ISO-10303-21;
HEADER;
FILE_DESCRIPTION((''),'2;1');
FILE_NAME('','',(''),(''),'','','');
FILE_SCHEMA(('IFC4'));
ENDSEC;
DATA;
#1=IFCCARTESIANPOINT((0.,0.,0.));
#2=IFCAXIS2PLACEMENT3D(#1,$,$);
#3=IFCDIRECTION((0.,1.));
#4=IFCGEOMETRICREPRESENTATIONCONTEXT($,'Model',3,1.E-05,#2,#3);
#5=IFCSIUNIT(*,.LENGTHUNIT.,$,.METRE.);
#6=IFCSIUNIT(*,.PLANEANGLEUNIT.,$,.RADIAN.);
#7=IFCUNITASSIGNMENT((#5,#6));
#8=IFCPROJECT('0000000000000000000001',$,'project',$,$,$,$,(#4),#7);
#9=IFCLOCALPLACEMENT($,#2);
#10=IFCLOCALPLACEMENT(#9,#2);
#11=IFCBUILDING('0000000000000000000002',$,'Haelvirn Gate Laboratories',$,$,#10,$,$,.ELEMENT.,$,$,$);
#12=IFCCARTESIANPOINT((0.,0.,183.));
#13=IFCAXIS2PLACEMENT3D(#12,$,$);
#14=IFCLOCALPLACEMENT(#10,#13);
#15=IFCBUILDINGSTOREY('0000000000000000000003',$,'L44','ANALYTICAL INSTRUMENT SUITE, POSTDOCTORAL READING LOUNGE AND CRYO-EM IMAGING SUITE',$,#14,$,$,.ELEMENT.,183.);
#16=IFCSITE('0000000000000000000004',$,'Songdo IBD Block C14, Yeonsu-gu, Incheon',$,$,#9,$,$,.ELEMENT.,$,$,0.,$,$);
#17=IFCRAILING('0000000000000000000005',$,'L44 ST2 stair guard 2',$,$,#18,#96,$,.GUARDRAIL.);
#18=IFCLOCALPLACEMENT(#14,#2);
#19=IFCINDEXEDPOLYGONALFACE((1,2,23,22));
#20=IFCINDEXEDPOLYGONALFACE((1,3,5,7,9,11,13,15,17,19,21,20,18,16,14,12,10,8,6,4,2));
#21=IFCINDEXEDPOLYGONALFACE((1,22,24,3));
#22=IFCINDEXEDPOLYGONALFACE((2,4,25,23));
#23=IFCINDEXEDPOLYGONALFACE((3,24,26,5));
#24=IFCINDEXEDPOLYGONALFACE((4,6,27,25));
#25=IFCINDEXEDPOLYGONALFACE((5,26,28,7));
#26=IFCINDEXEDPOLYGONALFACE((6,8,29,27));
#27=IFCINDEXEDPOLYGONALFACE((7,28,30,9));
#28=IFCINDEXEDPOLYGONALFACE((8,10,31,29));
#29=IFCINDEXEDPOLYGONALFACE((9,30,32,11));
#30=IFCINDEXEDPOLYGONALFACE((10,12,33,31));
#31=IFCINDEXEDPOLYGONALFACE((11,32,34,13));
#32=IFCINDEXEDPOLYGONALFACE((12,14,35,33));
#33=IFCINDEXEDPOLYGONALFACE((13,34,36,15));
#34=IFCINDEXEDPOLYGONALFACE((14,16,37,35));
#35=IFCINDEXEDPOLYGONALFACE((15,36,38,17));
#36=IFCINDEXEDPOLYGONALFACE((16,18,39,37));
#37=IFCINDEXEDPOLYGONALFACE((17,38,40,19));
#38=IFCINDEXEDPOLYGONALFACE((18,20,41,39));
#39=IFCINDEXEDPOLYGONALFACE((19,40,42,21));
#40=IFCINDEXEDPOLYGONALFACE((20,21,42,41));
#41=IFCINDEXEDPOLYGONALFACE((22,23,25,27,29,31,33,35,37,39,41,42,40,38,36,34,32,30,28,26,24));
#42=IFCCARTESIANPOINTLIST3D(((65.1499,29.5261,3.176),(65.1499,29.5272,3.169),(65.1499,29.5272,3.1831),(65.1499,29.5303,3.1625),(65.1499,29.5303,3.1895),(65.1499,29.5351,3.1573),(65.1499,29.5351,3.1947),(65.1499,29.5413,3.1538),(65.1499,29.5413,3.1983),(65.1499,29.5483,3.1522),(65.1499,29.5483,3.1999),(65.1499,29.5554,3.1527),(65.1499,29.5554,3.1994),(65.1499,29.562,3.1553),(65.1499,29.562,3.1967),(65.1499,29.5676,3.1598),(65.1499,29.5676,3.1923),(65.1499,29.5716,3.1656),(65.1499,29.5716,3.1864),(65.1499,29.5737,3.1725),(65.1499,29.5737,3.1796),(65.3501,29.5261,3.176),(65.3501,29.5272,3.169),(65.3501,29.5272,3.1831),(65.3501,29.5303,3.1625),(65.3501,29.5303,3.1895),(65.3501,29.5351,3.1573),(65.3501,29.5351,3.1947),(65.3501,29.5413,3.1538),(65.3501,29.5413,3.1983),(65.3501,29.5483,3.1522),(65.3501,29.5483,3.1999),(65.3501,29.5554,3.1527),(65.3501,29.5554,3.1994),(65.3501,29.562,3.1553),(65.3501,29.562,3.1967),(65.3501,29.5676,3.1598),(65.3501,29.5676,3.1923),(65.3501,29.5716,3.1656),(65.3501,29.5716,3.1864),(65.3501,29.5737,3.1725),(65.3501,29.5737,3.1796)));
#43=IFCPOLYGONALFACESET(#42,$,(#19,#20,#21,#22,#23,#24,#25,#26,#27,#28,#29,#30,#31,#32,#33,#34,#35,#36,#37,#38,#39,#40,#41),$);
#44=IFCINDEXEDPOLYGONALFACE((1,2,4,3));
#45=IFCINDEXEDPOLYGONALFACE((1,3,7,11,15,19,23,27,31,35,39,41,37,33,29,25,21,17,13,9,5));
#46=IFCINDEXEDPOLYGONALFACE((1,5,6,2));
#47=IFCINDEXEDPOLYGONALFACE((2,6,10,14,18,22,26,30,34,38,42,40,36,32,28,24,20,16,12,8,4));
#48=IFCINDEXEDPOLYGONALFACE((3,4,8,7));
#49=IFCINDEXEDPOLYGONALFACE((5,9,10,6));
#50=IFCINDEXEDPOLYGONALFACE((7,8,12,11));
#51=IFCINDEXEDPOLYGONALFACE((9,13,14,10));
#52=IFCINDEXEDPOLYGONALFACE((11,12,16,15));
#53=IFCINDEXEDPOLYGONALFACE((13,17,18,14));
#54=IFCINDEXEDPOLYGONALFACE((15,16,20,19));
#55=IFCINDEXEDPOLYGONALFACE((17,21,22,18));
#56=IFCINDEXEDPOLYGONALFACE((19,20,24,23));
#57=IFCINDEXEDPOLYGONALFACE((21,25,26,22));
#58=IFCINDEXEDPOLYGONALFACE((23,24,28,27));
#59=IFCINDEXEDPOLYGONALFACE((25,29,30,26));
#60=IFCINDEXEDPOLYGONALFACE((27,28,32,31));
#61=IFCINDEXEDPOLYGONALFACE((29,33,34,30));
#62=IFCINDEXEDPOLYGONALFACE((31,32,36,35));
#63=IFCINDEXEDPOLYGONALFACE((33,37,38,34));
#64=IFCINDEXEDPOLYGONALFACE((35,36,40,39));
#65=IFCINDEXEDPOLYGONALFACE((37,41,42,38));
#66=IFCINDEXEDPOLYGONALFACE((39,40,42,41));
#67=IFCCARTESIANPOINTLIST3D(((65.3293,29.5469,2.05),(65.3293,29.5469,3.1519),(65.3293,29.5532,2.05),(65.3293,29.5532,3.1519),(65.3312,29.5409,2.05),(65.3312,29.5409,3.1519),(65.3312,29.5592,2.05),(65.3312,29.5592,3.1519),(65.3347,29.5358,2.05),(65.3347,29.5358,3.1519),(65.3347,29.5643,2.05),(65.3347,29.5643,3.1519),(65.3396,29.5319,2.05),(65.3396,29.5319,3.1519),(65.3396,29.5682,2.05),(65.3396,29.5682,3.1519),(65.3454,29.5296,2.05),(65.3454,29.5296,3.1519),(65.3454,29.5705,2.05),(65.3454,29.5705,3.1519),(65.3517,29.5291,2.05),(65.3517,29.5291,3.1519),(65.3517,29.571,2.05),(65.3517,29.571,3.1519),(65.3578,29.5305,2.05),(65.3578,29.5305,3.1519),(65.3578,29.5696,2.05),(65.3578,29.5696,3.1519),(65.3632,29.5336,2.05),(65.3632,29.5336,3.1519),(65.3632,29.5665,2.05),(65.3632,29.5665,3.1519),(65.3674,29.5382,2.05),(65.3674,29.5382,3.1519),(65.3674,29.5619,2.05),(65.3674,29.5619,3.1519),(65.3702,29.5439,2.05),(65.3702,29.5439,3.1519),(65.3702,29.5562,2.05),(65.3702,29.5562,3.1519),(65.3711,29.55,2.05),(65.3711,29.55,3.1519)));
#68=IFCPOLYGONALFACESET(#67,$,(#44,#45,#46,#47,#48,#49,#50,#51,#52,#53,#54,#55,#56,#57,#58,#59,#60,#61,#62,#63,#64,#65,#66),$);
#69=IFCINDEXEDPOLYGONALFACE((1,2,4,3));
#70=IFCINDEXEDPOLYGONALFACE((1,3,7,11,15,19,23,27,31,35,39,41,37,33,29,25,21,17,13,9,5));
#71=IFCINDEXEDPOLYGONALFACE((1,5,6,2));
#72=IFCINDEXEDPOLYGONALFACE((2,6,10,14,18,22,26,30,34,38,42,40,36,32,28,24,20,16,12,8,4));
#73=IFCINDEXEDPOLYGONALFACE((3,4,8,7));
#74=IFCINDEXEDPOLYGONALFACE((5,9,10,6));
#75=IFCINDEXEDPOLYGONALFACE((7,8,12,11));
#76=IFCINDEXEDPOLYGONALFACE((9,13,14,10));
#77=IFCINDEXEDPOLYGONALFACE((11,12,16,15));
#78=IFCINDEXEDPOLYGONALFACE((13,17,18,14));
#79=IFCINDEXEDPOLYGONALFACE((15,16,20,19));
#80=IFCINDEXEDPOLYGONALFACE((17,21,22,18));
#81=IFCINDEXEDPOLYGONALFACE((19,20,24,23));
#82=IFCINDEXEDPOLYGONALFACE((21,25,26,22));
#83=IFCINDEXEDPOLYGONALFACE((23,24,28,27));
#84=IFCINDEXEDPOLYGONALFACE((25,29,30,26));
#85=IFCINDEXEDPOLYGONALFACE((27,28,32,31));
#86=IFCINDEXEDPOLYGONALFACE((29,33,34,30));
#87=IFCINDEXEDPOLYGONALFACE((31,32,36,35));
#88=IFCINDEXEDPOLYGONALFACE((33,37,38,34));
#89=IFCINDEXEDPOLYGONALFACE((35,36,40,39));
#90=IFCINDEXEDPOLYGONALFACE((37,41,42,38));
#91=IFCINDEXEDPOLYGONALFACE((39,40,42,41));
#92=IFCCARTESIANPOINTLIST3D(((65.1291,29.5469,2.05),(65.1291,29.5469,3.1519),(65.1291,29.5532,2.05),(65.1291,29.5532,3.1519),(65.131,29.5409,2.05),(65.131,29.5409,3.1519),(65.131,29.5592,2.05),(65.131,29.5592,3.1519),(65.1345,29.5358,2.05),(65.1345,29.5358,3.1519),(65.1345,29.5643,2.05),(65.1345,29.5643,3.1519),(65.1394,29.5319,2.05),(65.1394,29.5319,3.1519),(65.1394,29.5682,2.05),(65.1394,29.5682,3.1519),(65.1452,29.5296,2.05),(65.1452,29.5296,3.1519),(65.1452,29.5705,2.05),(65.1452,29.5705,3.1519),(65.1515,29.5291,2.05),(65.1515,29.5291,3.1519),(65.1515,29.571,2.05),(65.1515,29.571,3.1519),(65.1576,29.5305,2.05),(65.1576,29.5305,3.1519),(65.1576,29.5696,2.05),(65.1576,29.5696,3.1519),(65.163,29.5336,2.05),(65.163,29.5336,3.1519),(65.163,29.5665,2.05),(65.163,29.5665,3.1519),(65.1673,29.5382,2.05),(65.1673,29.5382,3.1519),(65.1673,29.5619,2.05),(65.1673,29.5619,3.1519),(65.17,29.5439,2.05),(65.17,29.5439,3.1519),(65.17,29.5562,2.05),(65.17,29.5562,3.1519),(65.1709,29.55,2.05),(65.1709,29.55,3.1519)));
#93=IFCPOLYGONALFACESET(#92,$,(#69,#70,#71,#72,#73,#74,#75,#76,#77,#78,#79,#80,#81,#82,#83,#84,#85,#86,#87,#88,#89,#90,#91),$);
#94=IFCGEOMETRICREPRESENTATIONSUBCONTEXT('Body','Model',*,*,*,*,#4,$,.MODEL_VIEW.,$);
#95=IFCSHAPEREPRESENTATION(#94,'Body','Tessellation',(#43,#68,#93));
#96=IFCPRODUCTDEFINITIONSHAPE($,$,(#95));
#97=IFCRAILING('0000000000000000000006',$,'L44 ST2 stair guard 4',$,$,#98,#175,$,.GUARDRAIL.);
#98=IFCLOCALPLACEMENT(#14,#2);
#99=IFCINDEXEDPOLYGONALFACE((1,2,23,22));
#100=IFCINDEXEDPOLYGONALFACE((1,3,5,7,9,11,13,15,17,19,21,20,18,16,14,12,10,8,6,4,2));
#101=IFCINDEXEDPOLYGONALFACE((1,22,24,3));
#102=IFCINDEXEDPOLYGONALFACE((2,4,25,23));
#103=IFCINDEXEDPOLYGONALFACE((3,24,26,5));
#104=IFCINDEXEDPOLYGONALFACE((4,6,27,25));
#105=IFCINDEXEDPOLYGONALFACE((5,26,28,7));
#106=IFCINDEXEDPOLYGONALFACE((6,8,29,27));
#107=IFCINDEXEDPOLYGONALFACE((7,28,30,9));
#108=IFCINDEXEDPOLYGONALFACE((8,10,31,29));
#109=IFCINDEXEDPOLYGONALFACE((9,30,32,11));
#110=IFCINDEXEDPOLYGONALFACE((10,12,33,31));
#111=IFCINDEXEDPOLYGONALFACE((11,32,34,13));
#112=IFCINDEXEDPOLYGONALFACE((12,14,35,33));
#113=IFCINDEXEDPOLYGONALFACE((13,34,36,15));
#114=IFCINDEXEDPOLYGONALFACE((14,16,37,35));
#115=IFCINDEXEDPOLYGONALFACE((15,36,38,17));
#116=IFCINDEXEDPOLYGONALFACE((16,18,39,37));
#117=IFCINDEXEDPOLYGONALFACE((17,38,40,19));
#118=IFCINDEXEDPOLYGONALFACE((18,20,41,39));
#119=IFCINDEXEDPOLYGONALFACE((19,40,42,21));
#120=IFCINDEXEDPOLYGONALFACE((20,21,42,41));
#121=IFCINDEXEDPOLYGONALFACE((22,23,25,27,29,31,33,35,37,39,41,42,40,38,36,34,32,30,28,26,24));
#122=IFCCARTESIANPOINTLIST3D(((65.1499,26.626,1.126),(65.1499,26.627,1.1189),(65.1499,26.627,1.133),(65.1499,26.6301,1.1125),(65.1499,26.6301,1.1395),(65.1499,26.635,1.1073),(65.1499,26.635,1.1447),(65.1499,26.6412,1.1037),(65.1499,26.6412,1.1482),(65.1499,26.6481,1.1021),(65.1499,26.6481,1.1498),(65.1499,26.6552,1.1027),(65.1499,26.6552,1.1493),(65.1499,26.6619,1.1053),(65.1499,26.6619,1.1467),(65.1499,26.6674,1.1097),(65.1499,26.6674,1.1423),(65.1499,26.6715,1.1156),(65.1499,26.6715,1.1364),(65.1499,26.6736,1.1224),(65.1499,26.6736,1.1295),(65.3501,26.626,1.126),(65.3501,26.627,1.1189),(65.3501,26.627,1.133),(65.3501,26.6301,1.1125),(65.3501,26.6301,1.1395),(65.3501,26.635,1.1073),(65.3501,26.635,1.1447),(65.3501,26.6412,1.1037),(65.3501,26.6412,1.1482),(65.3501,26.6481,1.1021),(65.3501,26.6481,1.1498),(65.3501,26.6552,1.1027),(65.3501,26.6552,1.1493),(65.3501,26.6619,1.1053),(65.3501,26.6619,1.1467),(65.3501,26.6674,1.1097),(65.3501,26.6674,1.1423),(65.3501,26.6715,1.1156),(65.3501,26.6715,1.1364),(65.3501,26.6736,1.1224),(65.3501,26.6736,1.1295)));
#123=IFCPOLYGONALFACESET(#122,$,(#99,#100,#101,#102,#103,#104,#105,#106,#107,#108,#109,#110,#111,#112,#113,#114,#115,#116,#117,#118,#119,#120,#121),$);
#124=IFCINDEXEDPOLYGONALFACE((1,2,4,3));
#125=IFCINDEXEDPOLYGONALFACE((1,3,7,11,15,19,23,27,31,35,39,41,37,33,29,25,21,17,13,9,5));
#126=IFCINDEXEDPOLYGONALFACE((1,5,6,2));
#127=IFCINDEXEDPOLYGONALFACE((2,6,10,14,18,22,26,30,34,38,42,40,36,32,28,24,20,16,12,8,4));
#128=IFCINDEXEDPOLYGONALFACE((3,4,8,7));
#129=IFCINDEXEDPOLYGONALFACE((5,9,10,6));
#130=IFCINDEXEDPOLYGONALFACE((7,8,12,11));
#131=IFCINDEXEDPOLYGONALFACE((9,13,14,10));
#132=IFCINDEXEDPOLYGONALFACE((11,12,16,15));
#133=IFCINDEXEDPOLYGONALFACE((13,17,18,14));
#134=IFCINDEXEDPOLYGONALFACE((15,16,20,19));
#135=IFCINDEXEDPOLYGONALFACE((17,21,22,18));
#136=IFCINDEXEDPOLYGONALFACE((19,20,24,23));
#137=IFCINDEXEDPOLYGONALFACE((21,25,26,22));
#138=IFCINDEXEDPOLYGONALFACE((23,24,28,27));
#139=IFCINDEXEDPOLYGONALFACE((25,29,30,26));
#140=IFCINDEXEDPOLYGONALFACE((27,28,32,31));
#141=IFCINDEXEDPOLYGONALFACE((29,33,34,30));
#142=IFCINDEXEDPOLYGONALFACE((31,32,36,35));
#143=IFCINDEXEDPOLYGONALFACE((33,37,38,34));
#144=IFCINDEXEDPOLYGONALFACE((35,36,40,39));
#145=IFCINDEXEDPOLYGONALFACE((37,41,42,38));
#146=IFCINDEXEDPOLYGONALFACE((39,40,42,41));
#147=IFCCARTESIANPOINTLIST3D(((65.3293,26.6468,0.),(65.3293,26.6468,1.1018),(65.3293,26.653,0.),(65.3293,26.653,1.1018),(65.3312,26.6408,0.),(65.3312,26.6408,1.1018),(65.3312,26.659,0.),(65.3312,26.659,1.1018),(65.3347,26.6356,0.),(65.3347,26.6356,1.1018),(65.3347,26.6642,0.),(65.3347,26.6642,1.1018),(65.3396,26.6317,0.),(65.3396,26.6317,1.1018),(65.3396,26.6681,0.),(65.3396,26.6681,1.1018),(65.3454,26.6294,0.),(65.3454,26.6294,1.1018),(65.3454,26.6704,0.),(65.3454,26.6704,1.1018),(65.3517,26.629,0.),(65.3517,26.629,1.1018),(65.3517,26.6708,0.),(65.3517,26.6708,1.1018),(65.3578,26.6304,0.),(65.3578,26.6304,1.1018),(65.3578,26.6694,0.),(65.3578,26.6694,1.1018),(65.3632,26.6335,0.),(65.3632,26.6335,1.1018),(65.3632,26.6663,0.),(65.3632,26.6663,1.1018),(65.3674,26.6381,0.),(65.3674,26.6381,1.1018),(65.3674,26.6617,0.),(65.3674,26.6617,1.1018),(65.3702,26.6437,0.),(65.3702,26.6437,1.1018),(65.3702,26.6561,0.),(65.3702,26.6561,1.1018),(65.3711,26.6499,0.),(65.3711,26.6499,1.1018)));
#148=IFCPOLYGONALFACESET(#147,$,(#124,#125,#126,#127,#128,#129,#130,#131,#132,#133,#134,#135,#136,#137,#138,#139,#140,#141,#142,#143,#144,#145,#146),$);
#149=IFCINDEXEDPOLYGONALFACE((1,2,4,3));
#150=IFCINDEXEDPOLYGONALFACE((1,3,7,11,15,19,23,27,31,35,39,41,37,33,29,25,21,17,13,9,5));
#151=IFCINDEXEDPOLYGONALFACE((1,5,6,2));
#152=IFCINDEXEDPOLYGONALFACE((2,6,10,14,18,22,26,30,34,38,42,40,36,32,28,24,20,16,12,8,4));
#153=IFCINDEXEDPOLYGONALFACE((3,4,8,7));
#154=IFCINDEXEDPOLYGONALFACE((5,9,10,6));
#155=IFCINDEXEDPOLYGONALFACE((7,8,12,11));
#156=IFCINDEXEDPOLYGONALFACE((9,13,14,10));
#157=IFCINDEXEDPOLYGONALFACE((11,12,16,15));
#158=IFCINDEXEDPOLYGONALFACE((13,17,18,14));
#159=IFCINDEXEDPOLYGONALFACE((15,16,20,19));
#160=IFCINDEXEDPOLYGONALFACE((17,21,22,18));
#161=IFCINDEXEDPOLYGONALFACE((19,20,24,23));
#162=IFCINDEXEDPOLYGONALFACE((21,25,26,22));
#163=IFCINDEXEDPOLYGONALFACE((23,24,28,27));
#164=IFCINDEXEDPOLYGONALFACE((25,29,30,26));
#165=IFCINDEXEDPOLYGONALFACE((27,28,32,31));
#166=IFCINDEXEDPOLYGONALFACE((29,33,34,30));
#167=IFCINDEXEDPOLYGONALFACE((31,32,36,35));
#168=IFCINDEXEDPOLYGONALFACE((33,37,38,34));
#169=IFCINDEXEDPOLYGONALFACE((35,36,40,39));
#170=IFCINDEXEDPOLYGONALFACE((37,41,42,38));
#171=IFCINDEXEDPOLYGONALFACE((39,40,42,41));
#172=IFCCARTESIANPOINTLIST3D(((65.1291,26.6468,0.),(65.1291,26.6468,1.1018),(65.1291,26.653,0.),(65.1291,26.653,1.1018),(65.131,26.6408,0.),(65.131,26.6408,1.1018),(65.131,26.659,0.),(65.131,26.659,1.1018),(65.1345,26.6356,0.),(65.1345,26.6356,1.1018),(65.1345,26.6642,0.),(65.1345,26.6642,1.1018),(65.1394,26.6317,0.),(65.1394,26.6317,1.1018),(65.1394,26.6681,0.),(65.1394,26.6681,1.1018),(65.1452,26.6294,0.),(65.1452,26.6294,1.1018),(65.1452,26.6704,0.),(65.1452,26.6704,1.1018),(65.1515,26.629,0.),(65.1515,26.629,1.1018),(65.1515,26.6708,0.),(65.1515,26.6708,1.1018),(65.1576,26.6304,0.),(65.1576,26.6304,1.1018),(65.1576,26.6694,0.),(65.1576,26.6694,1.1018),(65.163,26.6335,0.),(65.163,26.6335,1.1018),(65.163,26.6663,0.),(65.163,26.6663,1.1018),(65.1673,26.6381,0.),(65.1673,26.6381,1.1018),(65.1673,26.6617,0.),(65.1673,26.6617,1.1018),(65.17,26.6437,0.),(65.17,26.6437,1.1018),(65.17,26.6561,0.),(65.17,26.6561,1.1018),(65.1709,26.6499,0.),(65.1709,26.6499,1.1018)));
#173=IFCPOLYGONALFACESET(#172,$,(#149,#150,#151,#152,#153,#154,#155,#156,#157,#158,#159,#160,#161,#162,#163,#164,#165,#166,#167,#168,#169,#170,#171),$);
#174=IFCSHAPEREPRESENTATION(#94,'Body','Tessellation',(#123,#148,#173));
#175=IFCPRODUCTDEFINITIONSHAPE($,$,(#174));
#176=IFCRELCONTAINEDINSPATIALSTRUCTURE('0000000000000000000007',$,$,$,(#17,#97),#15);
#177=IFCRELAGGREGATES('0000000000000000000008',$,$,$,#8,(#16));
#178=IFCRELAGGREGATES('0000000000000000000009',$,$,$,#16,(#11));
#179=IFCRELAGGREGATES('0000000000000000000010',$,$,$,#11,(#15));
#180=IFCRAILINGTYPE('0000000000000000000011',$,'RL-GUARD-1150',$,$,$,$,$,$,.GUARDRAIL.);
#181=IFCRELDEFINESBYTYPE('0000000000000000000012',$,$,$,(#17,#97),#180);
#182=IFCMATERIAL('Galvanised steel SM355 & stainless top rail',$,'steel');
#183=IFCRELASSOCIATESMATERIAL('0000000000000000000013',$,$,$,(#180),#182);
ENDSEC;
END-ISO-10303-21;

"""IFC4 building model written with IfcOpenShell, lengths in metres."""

from ifc_helpers import new_model, si_unit, direction, frame, origin, origin_2d, place, context, subcontext, project, spatial, circle, extrude, source, transform, mapped, material, type_object, element, save


model = new_model("IFC4")

# Units and contexts
model_context = context("Model", 3, precision=1e-05, world=origin(), true_north=direction((0.0, 1.0)))
body_context = subcontext(model_context, "Body", "Model", "MODEL_VIEW")
ifc_project = project(units=[si_unit("LENGTHUNIT", "METRE"), si_unit("PLANEANGLEUNIT", "RADIAN")], contexts=[model_context])

# Site, building, storey
site_placement = place(None, origin())
site = spatial("IfcSite", under=ifc_project, at=site_placement, Name="Songdo IBD Block C14, Yeonsu-gu, Incheon", CompositionType="ELEMENT", RefElevation=0.0)
building_placement = place(site_placement, origin())
building = spatial("IfcBuilding", under=site, at=building_placement, Name="Haelvirn Gate Laboratories", CompositionType="ELEMENT")
storey_placement = place(building_placement, frame((0.0, 0.0, 183.0)))
storey = spatial("IfcBuildingStorey", under=building, at=storey_placement, Name="L44", Description="ANALYTICAL INSTRUMENT SUITE, POSTDOCTORAL READING LOUNGE AND CRYO-EM IMAGING SUITE", CompositionType="ELEMENT", Elevation=183.0)

# Railings
ifc_material_1 = material(Name="Galvanised steel SM355 & stainless top rail", Category="steel")
railing_type_1 = type_object("IfcRailingType", Name="RL-GUARD-1150", PredefinedType="GUARDRAIL", material=ifc_material_1)
shared_shape_1 = source(origin(), body_context, "Body", "SweptSolid", [
    extrude(circle(Radius=0.0239, at=origin_2d()), frame((0.0, 0.0, 1.126), z_axis=(-1.0, 0.0, 0.0), x_axis=(0.0, -1.0, 0.0)), (0.0, 0.0, 1.0), 0.2002),
    extrude(circle(Radius=0.021, at=origin_2d()), origin(), (0.0, 0.0, 1.0), 1.1018),
    extrude(circle(Radius=0.021, at=origin_2d()), frame((-0.2002, 0.0, 0.0)), (0.0, 0.0, 1.0), 1.1018),
])
for number, where, name in (
    (1, (65.3501, 29.55, 2.05), "L44 ST2 stair guard 2"),
    (2, (65.3501, 26.6499, 0.0), "L44 ST2 stair guard 4"),
):
    element("IfcRailing", number, at=place(storey_placement, frame(where)), inside=storey, type_object=railing_type_1, Name=name, PredefinedType="GUARDRAIL", context=body_context, shape_type="MappedRepresentation", body=[
        mapped(shared_shape_1, transform((0.0, 0.0, 0.0), scale=1.0)),
    ])

save(model, "model.ifc")
